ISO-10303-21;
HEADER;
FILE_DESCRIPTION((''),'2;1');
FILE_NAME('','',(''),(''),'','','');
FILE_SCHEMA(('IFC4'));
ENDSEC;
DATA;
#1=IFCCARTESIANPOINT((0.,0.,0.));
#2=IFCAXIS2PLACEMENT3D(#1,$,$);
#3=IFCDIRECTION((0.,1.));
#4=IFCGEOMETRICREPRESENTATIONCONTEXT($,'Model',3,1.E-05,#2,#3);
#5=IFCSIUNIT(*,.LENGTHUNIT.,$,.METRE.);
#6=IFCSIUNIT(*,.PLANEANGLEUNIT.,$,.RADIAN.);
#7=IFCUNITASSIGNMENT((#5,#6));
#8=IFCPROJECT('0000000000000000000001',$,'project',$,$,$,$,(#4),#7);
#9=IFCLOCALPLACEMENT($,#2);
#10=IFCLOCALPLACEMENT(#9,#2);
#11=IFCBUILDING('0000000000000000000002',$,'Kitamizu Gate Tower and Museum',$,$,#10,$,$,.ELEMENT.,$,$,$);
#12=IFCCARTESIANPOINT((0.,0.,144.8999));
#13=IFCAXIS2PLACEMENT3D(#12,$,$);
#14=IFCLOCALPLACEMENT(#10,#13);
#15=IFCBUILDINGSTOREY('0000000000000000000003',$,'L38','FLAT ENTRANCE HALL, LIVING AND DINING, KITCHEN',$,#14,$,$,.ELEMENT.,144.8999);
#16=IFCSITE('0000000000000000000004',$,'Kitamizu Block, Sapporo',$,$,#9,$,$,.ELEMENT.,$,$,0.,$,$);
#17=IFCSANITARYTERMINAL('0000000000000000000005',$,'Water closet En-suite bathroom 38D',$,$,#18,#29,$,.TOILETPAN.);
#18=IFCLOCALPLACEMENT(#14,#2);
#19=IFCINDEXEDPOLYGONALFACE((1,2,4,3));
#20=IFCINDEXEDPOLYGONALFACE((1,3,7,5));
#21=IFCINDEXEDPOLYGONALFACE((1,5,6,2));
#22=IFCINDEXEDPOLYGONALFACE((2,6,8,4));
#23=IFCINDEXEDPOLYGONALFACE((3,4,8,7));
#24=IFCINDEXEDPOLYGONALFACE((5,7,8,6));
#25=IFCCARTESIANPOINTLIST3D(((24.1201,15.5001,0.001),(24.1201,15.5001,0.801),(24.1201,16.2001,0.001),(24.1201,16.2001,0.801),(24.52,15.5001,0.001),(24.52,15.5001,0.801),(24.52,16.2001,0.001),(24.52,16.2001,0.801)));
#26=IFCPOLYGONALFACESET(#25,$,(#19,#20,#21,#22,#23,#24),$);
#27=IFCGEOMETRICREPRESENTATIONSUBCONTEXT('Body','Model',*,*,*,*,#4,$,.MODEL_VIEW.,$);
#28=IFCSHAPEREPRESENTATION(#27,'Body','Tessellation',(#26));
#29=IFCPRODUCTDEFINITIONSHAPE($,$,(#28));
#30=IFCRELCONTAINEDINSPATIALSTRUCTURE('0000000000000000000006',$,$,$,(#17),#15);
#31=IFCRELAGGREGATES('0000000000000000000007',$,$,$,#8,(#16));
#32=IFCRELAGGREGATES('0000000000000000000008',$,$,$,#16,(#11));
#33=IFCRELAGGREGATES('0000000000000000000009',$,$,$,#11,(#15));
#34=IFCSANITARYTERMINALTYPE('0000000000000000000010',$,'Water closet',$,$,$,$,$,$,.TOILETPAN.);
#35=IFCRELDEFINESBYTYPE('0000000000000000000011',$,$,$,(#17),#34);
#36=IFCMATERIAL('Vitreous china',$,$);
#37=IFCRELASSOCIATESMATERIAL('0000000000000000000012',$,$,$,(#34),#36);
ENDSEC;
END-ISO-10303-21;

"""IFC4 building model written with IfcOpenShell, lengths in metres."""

from ifc_helpers import new_model, si_unit, direction, frame, origin, origin_2d, place, context, subcontext, project, spatial, rectangle, extrude, material, type_object, element, save


model = new_model("IFC4")

# Units and contexts
model_context = context("Model", 3, precision=1e-05, world=origin(), true_north=direction((0.0, 1.0)))
body_context = subcontext(model_context, "Body", "Model", "MODEL_VIEW")
ifc_project = project(units=[si_unit("LENGTHUNIT", "METRE"), si_unit("PLANEANGLEUNIT", "RADIAN")], contexts=[model_context])

# Site, building, storey
site_placement = place(None, origin())
site = spatial("IfcSite", under=ifc_project, at=site_placement, Name="Kitamizu Block, Sapporo", CompositionType="ELEMENT", RefElevation=0.0)
building_placement = place(site_placement, origin())
building = spatial("IfcBuilding", under=site, at=building_placement, Name="Kitamizu Gate Tower and Museum", CompositionType="ELEMENT")
storey_placement = place(building_placement, frame((0.0, 0.0, 144.8999)))
storey = spatial("IfcBuildingStorey", under=building, at=storey_placement, Name="L38", Description="FLAT ENTRANCE HALL, LIVING AND DINING, KITCHEN", CompositionType="ELEMENT", Elevation=144.8999)

# Sanitary terminal
ifc_material_1 = material(Name="Vitreous china")
sanitary_terminal_type_1 = type_object("IfcSanitaryTerminalType", Name="Water closet", PredefinedType="TOILETPAN", material=ifc_material_1)
sanitary_terminal_1_placement = place(storey_placement, frame((24.3201, 15.8501, 0.001), z_axis=(0.0, 0.0, 1.0), x_axis=(1.0, 0.0, 0.0)))
element("IfcSanitaryTerminal", 1, at=sanitary_terminal_1_placement, inside=storey, type_object=sanitary_terminal_type_1, Name="Water closet En-suite bathroom 38D", PredefinedType="TOILETPAN", context=body_context, shape_type="SweptSolid", body=[
    extrude(rectangle(XDim=0.3999, YDim=0.7, at=origin_2d()), origin(), (0.0, 0.0, 1.0), 0.8),
])

save(model, "model.ifc")
